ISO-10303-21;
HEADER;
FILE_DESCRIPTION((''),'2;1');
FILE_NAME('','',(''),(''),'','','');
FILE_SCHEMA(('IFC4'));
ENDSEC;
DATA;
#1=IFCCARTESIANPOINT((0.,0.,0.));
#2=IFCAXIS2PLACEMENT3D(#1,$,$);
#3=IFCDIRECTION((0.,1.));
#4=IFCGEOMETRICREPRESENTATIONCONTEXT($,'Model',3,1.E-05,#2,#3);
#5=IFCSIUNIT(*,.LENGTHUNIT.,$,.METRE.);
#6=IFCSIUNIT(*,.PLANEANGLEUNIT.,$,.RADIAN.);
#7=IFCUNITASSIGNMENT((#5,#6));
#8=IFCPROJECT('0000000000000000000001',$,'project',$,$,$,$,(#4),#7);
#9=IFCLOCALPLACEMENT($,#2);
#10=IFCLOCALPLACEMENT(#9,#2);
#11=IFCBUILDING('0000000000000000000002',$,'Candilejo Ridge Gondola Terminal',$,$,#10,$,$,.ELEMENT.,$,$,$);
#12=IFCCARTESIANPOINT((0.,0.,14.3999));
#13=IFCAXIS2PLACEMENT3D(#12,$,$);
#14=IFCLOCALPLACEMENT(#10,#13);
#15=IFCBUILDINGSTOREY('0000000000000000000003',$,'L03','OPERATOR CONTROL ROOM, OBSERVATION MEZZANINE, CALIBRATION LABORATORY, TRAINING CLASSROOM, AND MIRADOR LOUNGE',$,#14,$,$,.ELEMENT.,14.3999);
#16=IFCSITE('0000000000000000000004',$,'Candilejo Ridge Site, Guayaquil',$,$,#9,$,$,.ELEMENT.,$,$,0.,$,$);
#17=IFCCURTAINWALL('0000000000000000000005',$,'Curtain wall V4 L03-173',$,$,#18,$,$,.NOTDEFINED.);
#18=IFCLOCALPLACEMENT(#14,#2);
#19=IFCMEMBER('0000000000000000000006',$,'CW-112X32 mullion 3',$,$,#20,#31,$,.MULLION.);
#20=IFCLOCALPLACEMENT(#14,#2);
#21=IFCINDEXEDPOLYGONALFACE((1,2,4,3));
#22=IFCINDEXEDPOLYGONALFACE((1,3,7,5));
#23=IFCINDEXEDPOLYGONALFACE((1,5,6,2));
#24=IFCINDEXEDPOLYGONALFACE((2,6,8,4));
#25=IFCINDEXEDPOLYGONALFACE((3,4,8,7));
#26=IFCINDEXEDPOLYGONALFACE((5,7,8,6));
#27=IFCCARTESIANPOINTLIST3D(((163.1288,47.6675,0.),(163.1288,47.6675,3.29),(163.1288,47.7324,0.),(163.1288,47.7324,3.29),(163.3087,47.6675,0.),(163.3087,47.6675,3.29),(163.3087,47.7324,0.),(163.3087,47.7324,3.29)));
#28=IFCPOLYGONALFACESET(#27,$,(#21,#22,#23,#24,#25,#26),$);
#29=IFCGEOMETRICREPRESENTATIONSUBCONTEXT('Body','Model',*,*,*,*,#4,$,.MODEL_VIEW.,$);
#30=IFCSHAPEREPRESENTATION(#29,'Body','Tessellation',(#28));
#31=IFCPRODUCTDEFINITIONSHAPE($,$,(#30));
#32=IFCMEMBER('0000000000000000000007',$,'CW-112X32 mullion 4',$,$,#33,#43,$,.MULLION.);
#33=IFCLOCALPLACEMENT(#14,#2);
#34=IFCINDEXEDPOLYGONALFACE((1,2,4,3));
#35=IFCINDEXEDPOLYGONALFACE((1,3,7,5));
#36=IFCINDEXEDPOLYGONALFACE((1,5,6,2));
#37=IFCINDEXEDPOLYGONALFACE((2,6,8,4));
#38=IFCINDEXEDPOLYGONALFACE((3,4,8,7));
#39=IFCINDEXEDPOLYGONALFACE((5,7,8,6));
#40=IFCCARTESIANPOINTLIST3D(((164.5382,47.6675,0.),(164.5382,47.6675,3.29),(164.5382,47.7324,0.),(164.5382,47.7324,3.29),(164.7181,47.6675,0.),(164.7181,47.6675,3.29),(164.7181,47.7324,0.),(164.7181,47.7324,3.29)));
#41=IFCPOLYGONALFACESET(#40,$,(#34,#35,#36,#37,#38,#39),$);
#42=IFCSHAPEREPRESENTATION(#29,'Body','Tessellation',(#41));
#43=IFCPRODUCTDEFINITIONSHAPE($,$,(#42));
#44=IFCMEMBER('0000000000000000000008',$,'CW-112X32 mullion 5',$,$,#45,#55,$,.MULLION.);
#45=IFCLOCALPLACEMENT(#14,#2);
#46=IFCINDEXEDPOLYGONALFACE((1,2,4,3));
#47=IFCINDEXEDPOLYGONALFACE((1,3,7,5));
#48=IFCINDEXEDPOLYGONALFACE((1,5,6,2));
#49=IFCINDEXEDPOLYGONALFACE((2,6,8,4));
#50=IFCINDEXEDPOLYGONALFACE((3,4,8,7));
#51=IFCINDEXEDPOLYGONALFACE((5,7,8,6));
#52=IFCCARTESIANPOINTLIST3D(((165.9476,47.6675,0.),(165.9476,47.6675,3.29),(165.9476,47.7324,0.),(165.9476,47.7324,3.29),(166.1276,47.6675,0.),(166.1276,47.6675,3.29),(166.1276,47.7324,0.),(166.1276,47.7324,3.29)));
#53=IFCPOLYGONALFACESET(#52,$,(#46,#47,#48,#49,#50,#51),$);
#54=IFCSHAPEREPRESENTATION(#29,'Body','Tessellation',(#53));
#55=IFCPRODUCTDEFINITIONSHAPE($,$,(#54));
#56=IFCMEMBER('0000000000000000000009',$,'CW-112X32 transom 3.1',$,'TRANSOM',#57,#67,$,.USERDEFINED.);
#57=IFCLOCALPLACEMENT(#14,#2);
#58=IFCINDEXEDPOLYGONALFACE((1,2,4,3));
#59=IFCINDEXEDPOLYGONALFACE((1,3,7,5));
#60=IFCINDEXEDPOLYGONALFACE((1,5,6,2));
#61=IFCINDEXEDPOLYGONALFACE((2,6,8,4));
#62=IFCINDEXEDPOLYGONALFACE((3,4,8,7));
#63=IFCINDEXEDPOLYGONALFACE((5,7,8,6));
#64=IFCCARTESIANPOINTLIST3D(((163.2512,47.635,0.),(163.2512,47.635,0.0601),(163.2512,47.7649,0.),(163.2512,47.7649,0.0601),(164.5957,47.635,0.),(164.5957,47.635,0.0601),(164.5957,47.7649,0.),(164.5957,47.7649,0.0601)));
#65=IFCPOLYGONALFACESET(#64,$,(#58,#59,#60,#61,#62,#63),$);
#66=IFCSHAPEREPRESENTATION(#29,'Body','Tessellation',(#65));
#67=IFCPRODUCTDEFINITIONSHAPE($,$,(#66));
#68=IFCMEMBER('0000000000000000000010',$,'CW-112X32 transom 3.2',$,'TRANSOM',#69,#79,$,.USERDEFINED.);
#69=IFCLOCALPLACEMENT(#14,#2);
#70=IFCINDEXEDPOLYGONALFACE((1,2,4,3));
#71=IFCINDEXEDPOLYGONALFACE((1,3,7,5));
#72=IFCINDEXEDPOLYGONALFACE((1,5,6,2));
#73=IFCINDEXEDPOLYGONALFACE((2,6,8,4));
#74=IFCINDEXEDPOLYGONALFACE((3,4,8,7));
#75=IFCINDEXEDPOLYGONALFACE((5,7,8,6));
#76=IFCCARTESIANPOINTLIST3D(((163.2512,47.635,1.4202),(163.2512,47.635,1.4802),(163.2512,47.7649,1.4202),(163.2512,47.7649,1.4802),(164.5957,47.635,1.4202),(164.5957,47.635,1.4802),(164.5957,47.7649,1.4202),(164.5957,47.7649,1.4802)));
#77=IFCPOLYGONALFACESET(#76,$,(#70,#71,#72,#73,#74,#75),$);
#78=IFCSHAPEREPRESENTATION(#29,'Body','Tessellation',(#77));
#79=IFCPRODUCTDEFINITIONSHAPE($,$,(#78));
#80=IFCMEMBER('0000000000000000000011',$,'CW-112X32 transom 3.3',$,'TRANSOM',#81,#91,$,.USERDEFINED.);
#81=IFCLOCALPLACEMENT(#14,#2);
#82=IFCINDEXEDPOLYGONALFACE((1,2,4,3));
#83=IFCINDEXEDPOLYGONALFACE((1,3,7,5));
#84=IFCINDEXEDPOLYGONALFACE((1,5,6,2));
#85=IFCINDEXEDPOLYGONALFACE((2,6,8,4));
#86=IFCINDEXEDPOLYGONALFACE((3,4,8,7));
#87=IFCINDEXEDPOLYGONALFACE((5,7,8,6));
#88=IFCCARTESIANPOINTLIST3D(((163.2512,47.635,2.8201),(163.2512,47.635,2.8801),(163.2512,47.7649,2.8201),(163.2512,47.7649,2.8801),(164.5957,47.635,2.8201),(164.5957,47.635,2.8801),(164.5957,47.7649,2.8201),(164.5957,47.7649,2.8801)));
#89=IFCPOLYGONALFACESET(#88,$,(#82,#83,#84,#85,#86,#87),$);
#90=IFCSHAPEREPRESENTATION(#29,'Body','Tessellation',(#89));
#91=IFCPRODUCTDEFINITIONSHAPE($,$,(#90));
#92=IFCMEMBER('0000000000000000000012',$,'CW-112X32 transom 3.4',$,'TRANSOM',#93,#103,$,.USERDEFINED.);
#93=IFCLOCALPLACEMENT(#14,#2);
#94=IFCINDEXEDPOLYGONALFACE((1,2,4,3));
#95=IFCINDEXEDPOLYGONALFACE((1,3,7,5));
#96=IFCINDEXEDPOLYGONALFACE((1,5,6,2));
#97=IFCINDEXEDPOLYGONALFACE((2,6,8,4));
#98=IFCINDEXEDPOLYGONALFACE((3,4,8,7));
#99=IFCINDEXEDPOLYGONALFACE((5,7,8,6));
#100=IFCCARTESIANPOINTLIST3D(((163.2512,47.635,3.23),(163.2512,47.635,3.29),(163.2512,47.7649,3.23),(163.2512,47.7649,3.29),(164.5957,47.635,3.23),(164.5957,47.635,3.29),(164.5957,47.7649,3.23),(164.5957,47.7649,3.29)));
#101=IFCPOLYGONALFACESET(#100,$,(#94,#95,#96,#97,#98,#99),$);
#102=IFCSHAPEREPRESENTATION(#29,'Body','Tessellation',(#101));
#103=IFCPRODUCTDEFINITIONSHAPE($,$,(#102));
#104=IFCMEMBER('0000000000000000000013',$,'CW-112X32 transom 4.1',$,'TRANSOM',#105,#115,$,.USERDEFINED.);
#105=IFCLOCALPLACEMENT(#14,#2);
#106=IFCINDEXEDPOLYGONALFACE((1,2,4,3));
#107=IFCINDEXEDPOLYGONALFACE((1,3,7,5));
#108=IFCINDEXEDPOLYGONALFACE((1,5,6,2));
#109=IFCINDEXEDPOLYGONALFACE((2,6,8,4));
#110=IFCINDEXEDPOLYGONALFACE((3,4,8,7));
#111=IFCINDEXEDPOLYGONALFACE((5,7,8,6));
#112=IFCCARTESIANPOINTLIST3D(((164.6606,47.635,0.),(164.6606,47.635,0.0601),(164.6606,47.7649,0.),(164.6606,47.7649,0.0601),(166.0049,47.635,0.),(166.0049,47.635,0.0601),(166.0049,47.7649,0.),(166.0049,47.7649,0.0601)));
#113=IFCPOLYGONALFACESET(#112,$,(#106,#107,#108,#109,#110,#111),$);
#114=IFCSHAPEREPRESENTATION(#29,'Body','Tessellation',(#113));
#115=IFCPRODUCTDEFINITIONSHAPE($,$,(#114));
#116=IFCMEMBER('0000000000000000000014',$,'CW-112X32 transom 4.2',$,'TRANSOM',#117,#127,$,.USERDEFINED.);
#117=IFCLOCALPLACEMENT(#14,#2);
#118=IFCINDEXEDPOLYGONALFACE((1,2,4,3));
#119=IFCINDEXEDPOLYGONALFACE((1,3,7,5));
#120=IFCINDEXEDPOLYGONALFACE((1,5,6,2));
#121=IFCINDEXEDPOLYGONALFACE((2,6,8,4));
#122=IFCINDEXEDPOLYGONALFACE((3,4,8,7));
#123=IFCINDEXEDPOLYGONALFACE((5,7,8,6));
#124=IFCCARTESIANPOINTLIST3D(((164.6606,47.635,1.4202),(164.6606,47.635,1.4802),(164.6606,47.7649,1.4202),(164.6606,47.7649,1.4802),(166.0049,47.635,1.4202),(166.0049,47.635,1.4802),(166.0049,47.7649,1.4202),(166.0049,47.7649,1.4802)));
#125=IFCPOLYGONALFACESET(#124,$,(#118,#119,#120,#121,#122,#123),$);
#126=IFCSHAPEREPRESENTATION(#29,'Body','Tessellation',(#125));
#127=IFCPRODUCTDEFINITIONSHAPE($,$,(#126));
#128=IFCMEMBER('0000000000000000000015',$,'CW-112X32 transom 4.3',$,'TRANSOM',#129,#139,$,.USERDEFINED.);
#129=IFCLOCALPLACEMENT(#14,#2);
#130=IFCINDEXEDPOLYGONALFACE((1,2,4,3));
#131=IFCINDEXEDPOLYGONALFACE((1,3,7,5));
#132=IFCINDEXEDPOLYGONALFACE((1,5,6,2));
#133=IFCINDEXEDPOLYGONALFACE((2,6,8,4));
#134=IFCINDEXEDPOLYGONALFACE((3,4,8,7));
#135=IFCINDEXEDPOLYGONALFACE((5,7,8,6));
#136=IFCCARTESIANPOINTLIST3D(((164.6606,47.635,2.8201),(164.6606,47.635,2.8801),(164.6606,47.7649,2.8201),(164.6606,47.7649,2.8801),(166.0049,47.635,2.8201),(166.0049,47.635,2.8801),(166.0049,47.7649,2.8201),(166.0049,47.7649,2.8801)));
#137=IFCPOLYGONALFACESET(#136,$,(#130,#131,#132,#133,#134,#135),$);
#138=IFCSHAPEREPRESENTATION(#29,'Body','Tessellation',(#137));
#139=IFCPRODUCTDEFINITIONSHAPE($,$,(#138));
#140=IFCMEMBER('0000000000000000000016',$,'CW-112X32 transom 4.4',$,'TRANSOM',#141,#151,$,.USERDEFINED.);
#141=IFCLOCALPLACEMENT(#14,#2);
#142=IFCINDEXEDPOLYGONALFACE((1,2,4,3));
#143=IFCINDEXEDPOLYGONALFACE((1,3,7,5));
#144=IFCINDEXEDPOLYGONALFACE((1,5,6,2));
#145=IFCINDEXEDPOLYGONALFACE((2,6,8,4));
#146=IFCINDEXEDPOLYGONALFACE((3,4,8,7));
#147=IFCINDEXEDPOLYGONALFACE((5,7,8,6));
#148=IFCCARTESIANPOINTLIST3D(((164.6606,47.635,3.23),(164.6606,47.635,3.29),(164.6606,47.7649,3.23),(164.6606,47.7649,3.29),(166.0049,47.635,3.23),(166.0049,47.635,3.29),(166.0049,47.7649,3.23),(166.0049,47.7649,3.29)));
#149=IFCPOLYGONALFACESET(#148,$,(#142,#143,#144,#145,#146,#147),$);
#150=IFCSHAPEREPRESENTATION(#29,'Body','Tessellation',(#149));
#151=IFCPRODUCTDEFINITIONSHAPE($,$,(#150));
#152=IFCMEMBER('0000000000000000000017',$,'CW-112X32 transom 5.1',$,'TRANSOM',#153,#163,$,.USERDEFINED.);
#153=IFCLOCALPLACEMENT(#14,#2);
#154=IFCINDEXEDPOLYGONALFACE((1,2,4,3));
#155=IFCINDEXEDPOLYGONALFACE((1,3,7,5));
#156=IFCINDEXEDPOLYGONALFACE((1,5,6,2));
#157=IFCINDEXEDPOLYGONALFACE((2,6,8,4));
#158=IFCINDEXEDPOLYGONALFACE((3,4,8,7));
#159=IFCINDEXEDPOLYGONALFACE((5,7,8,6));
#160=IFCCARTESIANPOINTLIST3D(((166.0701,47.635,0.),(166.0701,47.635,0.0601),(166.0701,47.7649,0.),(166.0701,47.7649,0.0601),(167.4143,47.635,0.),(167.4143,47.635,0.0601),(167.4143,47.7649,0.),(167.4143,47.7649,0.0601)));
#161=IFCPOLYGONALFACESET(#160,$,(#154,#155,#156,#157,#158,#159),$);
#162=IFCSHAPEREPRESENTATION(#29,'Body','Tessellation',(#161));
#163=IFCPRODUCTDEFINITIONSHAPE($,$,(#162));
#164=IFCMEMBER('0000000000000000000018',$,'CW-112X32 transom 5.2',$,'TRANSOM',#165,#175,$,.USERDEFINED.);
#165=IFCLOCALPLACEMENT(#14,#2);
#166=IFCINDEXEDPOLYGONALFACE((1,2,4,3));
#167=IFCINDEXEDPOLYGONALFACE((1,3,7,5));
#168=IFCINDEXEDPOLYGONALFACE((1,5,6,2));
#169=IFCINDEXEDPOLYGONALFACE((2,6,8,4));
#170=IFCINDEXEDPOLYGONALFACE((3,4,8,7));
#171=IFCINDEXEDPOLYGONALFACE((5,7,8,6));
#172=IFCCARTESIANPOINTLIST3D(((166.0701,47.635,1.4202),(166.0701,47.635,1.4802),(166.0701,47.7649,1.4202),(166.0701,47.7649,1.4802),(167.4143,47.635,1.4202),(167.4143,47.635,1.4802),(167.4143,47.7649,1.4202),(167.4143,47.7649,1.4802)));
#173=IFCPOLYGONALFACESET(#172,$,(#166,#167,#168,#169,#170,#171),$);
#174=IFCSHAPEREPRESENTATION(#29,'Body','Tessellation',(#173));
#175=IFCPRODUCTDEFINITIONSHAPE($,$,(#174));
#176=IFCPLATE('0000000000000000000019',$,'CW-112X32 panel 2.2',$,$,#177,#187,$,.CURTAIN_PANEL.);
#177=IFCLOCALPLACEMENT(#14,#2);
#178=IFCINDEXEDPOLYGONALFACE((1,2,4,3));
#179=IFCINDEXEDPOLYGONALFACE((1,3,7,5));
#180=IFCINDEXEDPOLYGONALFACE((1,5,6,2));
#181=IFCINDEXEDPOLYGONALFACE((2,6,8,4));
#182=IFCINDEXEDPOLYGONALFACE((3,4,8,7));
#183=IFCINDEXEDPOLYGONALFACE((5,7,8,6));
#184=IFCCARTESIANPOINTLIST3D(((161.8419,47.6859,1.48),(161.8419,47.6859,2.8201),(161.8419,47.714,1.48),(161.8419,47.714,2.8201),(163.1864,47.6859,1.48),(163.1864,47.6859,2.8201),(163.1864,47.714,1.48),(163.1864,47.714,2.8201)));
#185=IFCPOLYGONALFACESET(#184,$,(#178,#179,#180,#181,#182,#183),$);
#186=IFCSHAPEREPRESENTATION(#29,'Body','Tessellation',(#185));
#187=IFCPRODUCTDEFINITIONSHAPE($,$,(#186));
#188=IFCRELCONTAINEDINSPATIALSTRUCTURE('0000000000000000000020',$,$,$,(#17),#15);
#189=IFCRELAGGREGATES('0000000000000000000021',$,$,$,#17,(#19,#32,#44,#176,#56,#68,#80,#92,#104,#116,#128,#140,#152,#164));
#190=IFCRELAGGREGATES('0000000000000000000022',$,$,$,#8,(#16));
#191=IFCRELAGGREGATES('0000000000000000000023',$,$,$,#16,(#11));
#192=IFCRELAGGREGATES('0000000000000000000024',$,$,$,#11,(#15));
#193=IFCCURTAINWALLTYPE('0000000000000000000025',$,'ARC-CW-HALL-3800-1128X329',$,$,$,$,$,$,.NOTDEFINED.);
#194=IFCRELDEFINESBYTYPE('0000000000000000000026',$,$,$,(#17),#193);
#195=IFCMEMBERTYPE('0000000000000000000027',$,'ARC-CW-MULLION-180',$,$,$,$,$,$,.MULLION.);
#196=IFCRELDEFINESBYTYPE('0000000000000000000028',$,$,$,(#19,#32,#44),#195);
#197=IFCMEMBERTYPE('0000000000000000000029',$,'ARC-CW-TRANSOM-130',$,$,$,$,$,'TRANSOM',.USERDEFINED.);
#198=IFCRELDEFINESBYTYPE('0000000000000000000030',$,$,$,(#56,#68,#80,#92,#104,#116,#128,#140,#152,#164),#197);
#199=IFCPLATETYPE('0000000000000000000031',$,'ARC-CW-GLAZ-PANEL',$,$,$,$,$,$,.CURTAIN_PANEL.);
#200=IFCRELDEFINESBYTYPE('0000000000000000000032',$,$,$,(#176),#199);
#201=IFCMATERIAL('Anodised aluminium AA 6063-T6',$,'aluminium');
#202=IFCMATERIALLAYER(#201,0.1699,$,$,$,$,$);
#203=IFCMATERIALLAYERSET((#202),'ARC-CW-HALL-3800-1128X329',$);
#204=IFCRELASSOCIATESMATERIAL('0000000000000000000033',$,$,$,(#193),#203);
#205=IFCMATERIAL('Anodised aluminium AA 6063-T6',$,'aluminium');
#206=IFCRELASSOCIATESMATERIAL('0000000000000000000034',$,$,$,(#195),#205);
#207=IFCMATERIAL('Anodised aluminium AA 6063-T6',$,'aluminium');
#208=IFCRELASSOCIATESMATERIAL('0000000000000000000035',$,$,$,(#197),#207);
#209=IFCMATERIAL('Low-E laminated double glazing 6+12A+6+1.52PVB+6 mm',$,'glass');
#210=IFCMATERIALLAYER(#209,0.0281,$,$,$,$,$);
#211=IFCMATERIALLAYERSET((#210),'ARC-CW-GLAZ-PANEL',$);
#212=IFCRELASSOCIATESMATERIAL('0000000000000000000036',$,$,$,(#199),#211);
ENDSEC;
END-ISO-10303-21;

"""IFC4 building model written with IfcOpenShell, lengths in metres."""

from ifc_helpers import new_model, si_unit, direction, frame, origin, origin_2d, place, context, subcontext, project, spatial, rectangle, extrude, material, layer, layer_set, material_profile, profile_set, type_object, element, aggregate, save


model = new_model("IFC4")

# Units and contexts
model_context = context("Model", 3, precision=1e-05, world=origin(), true_north=direction((0.0, 1.0)))
body_context = subcontext(model_context, "Body", "Model", "MODEL_VIEW")
ifc_project = project(units=[si_unit("LENGTHUNIT", "METRE"), si_unit("PLANEANGLEUNIT", "RADIAN")], contexts=[model_context])

# Site, building, storey
site_placement = place(None, origin())
site = spatial("IfcSite", under=ifc_project, at=site_placement, Name="Candilejo Ridge Site, Guayaquil", CompositionType="ELEMENT", RefElevation=0.0)
building_placement = place(site_placement, origin())
building = spatial("IfcBuilding", under=site, at=building_placement, Name="Candilejo Ridge Gondola Terminal", CompositionType="ELEMENT")
storey_placement = place(building_placement, frame((0.0, 0.0, 14.3999)))
storey = spatial("IfcBuildingStorey", under=building, at=storey_placement, Name="L03", Description="OPERATOR CONTROL ROOM, OBSERVATION MEZZANINE, CALIBRATION LABORATORY, TRAINING CLASSROOM, AND MIRADOR LOUNGE", CompositionType="ELEMENT", Elevation=14.3999)

# Curtain wall, members, plate
ifc_material_1 = material(Name="Anodised aluminium AA 6063-T6", Category="aluminium")
ifc_layer_1 = layer(ifc_material_1, 0.1699)
ifc_layer_set_1 = layer_set([ifc_layer_1], Name="ARC-CW-HALL-3800-1128X329")
curtain_wall_type = type_object("IfcCurtainWallType", Name="ARC-CW-HALL-3800-1128X329", PredefinedType="NOTDEFINED", material=ifc_layer_set_1)
curtain_wall_placement = place(storey_placement, origin())
curtain_wall = element("IfcCurtainWall", 1, at=curtain_wall_placement, inside=storey, type_object=curtain_wall_type, Name="Curtain wall V4 L03-173", PredefinedType="NOTDEFINED")
ifc_material_2 = material(Name="Anodised aluminium AA 6063-T6", Category="aluminium")
ifc_material_profile_1 = material_profile(ifc_material_2, rectangle(XDim=0.0649, YDim=0.1799, at=origin_2d()))
ifc_profile_set_1 = profile_set([ifc_material_profile_1], Name="Anodised aluminium AA 6063-T6")
member_type_1 = type_object("IfcMemberType", Name="ARC-CW-MULLION-180", PredefinedType="MULLION", material=ifc_profile_set_1)
member_1_placement = place(storey_placement, frame((163.2188, 47.7, 0.0), z_axis=(0.0, 0.0, 1.0), x_axis=(0.0, 1.0, 0.0)))
member_1 = element("IfcMember", 2, at=member_1_placement, type_object=member_type_1, Name="CW-112X32 mullion 3", PredefinedType="MULLION", context=body_context, shape_type="SweptSolid", body=[
    extrude(rectangle(XDim=0.0649, YDim=0.1799, at=origin_2d()), origin(), (0.0, 0.0, 1.0), 3.29),
])
member_2_placement = place(storey_placement, frame((164.6282, 47.7, 0.0), z_axis=(0.0, 0.0, 1.0), x_axis=(0.0, 1.0, 0.0)))
member_2 = element("IfcMember", 3, at=member_2_placement, type_object=member_type_1, Name="CW-112X32 mullion 4", PredefinedType="MULLION", context=body_context, shape_type="SweptSolid", body=[
    extrude(rectangle(XDim=0.0649, YDim=0.1799, at=origin_2d()), origin(), (0.0, 0.0, 1.0), 3.29),
])
member_3_placement = place(storey_placement, frame((166.0376, 47.7, 0.0), z_axis=(0.0, 0.0, 1.0), x_axis=(0.0, 1.0, 0.0)))
member_3 = element("IfcMember", 4, at=member_3_placement, type_object=member_type_1, Name="CW-112X32 mullion 5", PredefinedType="MULLION", context=body_context, shape_type="SweptSolid", body=[
    extrude(rectangle(XDim=0.0649, YDim=0.1799, at=origin_2d()), origin(), (0.0, 0.0, 1.0), 3.29),
])
ifc_material_3 = material(Name="Anodised aluminium AA 6063-T6", Category="aluminium")
ifc_material_profile_2 = material_profile(ifc_material_3, rectangle(XDim=0.1299, YDim=0.0601, at=origin_2d()))
ifc_profile_set_2 = profile_set([ifc_material_profile_2], Name="Anodised aluminium AA 6063-T6")
member_type_2 = type_object("IfcMemberType", Name="ARC-CW-TRANSOM-130", ElementType="TRANSOM", PredefinedType="USERDEFINED", material=ifc_profile_set_2)
member_4_placement = place(storey_placement, frame((163.2512, 47.7, 0.03), z_axis=(1.0, 0.0, 0.0), x_axis=(0.0, 1.0, 0.0)))
member_4 = element("IfcMember", 5, at=member_4_placement, type_object=member_type_2, Name="CW-112X32 transom 3.1", ObjectType="TRANSOM", PredefinedType="USERDEFINED", context=body_context, shape_type="SweptSolid", body=[
    extrude(rectangle(XDim=0.1299, YDim=0.0601, at=origin_2d()), origin(), (0.0, 0.0, 1.0), 1.3445),
])
member_5_placement = place(storey_placement, frame((163.2512, 47.7, 1.4502), z_axis=(1.0, 0.0, 0.0), x_axis=(0.0, 1.0, 0.0)))
member_5 = element("IfcMember", 6, at=member_5_placement, type_object=member_type_2, Name="CW-112X32 transom 3.2", ObjectType="TRANSOM", PredefinedType="USERDEFINED", context=body_context, shape_type="SweptSolid", body=[
    extrude(rectangle(XDim=0.1299, YDim=0.0601, at=origin_2d()), origin(), (0.0, 0.0, 1.0), 1.3445),
])
member_6_placement = place(storey_placement, frame((163.2512, 47.7, 2.8501), z_axis=(1.0, 0.0, 0.0), x_axis=(0.0, 1.0, 0.0)))
member_6 = element("IfcMember", 7, at=member_6_placement, type_object=member_type_2, Name="CW-112X32 transom 3.3", ObjectType="TRANSOM", PredefinedType="USERDEFINED", context=body_context, shape_type="SweptSolid", body=[
    extrude(rectangle(XDim=0.1299, YDim=0.0601, at=origin_2d()), origin(), (0.0, 0.0, 1.0), 1.3445),
])
member_7_placement = place(storey_placement, frame((163.2512, 47.7, 3.26), z_axis=(1.0, 0.0, 0.0), x_axis=(0.0, 1.0, 0.0)))
member_7 = element("IfcMember", 8, at=member_7_placement, type_object=member_type_2, Name="CW-112X32 transom 3.4", ObjectType="TRANSOM", PredefinedType="USERDEFINED", context=body_context, shape_type="SweptSolid", body=[
    extrude(rectangle(XDim=0.1299, YDim=0.0601, at=origin_2d()), origin(), (0.0, 0.0, 1.0), 1.3445),
])
member_8_placement = place(storey_placement, frame((164.6606, 47.7, 0.03), z_axis=(1.0, 0.0, 0.0), x_axis=(0.0, 1.0, 0.0)))
member_8 = element("IfcMember", 9, at=member_8_placement, type_object=member_type_2, Name="CW-112X32 transom 4.1", ObjectType="TRANSOM", PredefinedType="USERDEFINED", context=body_context, shape_type="SweptSolid", body=[
    extrude(rectangle(XDim=0.1299, YDim=0.0601, at=origin_2d()), origin(), (0.0, 0.0, 1.0), 1.3442),
])
member_9_placement = place(storey_placement, frame((164.6606, 47.7, 1.4502), z_axis=(1.0, 0.0, 0.0), x_axis=(0.0, 1.0, 0.0)))
member_9 = element("IfcMember", 10, at=member_9_placement, type_object=member_type_2, Name="CW-112X32 transom 4.2", ObjectType="TRANSOM", PredefinedType="USERDEFINED", context=body_context, shape_type="SweptSolid", body=[
    extrude(rectangle(XDim=0.1299, YDim=0.0601, at=origin_2d()), origin(), (0.0, 0.0, 1.0), 1.3442),
])
member_10_placement = place(storey_placement, frame((164.6606, 47.7, 2.8501), z_axis=(1.0, 0.0, 0.0), x_axis=(0.0, 1.0, 0.0)))
member_10 = element("IfcMember", 11, at=member_10_placement, type_object=member_type_2, Name="CW-112X32 transom 4.3", ObjectType="TRANSOM", PredefinedType="USERDEFINED", context=body_context, shape_type="SweptSolid", body=[
    extrude(rectangle(XDim=0.1299, YDim=0.0601, at=origin_2d()), origin(), (0.0, 0.0, 1.0), 1.3442),
])
member_11_placement = place(storey_placement, frame((164.6606, 47.7, 3.26), z_axis=(1.0, 0.0, 0.0), x_axis=(0.0, 1.0, 0.0)))
member_11 = element("IfcMember", 12, at=member_11_placement, type_object=member_type_2, Name="CW-112X32 transom 4.4", ObjectType="TRANSOM", PredefinedType="USERDEFINED", context=body_context, shape_type="SweptSolid", body=[
    extrude(rectangle(XDim=0.1299, YDim=0.0601, at=origin_2d()), origin(), (0.0, 0.0, 1.0), 1.3442),
])
member_12_placement = place(storey_placement, frame((166.0701, 47.7, 0.03), z_axis=(1.0, 0.0, 0.0), x_axis=(0.0, 1.0, 0.0)))
member_12 = element("IfcMember", 13, at=member_12_placement, type_object=member_type_2, Name="CW-112X32 transom 5.1", ObjectType="TRANSOM", PredefinedType="USERDEFINED", context=body_context, shape_type="SweptSolid", body=[
    extrude(rectangle(XDim=0.1299, YDim=0.0601, at=origin_2d()), origin(), (0.0, 0.0, 1.0), 1.3442),
])
member_13_placement = place(storey_placement, frame((166.0701, 47.7, 1.4502), z_axis=(1.0, 0.0, 0.0), x_axis=(0.0, 1.0, 0.0)))
member_13 = element("IfcMember", 14, at=member_13_placement, type_object=member_type_2, Name="CW-112X32 transom 5.2", ObjectType="TRANSOM", PredefinedType="USERDEFINED", context=body_context, shape_type="SweptSolid", body=[
    extrude(rectangle(XDim=0.1299, YDim=0.0601, at=origin_2d()), origin(), (0.0, 0.0, 1.0), 1.3442),
])
ifc_material_4 = material(Name="Low-E laminated double glazing 6+12A+6+1.52PVB+6 mm", Category="glass")
ifc_layer_2 = layer(ifc_material_4, 0.0281)
ifc_layer_set_2 = layer_set([ifc_layer_2], Name="ARC-CW-GLAZ-PANEL")
plate_type = type_object("IfcPlateType", Name="ARC-CW-GLAZ-PANEL", PredefinedType="CURTAIN_PANEL", material=ifc_layer_set_2)
plate_1_placement = place(storey_placement, frame((162.5142, 47.7, 1.48), z_axis=(0.0, 0.0, 1.0), x_axis=(1.0, 0.0, 0.0)))
plate_1 = element("IfcPlate", 15, at=plate_1_placement, type_object=plate_type, Name="CW-112X32 panel 2.2", PredefinedType="CURTAIN_PANEL", context=body_context, shape_type="SweptSolid", body=[
    extrude(rectangle(XDim=1.3445, YDim=0.0281, at=origin_2d()), origin(), (0.0, 0.0, 1.0), 1.3401),
])
aggregate(curtain_wall, [member_1, member_2, member_3, plate_1, member_4, member_5, member_6, member_7, member_8, member_9, member_10, member_11, member_12, member_13])

save(model, "model.ifc")
